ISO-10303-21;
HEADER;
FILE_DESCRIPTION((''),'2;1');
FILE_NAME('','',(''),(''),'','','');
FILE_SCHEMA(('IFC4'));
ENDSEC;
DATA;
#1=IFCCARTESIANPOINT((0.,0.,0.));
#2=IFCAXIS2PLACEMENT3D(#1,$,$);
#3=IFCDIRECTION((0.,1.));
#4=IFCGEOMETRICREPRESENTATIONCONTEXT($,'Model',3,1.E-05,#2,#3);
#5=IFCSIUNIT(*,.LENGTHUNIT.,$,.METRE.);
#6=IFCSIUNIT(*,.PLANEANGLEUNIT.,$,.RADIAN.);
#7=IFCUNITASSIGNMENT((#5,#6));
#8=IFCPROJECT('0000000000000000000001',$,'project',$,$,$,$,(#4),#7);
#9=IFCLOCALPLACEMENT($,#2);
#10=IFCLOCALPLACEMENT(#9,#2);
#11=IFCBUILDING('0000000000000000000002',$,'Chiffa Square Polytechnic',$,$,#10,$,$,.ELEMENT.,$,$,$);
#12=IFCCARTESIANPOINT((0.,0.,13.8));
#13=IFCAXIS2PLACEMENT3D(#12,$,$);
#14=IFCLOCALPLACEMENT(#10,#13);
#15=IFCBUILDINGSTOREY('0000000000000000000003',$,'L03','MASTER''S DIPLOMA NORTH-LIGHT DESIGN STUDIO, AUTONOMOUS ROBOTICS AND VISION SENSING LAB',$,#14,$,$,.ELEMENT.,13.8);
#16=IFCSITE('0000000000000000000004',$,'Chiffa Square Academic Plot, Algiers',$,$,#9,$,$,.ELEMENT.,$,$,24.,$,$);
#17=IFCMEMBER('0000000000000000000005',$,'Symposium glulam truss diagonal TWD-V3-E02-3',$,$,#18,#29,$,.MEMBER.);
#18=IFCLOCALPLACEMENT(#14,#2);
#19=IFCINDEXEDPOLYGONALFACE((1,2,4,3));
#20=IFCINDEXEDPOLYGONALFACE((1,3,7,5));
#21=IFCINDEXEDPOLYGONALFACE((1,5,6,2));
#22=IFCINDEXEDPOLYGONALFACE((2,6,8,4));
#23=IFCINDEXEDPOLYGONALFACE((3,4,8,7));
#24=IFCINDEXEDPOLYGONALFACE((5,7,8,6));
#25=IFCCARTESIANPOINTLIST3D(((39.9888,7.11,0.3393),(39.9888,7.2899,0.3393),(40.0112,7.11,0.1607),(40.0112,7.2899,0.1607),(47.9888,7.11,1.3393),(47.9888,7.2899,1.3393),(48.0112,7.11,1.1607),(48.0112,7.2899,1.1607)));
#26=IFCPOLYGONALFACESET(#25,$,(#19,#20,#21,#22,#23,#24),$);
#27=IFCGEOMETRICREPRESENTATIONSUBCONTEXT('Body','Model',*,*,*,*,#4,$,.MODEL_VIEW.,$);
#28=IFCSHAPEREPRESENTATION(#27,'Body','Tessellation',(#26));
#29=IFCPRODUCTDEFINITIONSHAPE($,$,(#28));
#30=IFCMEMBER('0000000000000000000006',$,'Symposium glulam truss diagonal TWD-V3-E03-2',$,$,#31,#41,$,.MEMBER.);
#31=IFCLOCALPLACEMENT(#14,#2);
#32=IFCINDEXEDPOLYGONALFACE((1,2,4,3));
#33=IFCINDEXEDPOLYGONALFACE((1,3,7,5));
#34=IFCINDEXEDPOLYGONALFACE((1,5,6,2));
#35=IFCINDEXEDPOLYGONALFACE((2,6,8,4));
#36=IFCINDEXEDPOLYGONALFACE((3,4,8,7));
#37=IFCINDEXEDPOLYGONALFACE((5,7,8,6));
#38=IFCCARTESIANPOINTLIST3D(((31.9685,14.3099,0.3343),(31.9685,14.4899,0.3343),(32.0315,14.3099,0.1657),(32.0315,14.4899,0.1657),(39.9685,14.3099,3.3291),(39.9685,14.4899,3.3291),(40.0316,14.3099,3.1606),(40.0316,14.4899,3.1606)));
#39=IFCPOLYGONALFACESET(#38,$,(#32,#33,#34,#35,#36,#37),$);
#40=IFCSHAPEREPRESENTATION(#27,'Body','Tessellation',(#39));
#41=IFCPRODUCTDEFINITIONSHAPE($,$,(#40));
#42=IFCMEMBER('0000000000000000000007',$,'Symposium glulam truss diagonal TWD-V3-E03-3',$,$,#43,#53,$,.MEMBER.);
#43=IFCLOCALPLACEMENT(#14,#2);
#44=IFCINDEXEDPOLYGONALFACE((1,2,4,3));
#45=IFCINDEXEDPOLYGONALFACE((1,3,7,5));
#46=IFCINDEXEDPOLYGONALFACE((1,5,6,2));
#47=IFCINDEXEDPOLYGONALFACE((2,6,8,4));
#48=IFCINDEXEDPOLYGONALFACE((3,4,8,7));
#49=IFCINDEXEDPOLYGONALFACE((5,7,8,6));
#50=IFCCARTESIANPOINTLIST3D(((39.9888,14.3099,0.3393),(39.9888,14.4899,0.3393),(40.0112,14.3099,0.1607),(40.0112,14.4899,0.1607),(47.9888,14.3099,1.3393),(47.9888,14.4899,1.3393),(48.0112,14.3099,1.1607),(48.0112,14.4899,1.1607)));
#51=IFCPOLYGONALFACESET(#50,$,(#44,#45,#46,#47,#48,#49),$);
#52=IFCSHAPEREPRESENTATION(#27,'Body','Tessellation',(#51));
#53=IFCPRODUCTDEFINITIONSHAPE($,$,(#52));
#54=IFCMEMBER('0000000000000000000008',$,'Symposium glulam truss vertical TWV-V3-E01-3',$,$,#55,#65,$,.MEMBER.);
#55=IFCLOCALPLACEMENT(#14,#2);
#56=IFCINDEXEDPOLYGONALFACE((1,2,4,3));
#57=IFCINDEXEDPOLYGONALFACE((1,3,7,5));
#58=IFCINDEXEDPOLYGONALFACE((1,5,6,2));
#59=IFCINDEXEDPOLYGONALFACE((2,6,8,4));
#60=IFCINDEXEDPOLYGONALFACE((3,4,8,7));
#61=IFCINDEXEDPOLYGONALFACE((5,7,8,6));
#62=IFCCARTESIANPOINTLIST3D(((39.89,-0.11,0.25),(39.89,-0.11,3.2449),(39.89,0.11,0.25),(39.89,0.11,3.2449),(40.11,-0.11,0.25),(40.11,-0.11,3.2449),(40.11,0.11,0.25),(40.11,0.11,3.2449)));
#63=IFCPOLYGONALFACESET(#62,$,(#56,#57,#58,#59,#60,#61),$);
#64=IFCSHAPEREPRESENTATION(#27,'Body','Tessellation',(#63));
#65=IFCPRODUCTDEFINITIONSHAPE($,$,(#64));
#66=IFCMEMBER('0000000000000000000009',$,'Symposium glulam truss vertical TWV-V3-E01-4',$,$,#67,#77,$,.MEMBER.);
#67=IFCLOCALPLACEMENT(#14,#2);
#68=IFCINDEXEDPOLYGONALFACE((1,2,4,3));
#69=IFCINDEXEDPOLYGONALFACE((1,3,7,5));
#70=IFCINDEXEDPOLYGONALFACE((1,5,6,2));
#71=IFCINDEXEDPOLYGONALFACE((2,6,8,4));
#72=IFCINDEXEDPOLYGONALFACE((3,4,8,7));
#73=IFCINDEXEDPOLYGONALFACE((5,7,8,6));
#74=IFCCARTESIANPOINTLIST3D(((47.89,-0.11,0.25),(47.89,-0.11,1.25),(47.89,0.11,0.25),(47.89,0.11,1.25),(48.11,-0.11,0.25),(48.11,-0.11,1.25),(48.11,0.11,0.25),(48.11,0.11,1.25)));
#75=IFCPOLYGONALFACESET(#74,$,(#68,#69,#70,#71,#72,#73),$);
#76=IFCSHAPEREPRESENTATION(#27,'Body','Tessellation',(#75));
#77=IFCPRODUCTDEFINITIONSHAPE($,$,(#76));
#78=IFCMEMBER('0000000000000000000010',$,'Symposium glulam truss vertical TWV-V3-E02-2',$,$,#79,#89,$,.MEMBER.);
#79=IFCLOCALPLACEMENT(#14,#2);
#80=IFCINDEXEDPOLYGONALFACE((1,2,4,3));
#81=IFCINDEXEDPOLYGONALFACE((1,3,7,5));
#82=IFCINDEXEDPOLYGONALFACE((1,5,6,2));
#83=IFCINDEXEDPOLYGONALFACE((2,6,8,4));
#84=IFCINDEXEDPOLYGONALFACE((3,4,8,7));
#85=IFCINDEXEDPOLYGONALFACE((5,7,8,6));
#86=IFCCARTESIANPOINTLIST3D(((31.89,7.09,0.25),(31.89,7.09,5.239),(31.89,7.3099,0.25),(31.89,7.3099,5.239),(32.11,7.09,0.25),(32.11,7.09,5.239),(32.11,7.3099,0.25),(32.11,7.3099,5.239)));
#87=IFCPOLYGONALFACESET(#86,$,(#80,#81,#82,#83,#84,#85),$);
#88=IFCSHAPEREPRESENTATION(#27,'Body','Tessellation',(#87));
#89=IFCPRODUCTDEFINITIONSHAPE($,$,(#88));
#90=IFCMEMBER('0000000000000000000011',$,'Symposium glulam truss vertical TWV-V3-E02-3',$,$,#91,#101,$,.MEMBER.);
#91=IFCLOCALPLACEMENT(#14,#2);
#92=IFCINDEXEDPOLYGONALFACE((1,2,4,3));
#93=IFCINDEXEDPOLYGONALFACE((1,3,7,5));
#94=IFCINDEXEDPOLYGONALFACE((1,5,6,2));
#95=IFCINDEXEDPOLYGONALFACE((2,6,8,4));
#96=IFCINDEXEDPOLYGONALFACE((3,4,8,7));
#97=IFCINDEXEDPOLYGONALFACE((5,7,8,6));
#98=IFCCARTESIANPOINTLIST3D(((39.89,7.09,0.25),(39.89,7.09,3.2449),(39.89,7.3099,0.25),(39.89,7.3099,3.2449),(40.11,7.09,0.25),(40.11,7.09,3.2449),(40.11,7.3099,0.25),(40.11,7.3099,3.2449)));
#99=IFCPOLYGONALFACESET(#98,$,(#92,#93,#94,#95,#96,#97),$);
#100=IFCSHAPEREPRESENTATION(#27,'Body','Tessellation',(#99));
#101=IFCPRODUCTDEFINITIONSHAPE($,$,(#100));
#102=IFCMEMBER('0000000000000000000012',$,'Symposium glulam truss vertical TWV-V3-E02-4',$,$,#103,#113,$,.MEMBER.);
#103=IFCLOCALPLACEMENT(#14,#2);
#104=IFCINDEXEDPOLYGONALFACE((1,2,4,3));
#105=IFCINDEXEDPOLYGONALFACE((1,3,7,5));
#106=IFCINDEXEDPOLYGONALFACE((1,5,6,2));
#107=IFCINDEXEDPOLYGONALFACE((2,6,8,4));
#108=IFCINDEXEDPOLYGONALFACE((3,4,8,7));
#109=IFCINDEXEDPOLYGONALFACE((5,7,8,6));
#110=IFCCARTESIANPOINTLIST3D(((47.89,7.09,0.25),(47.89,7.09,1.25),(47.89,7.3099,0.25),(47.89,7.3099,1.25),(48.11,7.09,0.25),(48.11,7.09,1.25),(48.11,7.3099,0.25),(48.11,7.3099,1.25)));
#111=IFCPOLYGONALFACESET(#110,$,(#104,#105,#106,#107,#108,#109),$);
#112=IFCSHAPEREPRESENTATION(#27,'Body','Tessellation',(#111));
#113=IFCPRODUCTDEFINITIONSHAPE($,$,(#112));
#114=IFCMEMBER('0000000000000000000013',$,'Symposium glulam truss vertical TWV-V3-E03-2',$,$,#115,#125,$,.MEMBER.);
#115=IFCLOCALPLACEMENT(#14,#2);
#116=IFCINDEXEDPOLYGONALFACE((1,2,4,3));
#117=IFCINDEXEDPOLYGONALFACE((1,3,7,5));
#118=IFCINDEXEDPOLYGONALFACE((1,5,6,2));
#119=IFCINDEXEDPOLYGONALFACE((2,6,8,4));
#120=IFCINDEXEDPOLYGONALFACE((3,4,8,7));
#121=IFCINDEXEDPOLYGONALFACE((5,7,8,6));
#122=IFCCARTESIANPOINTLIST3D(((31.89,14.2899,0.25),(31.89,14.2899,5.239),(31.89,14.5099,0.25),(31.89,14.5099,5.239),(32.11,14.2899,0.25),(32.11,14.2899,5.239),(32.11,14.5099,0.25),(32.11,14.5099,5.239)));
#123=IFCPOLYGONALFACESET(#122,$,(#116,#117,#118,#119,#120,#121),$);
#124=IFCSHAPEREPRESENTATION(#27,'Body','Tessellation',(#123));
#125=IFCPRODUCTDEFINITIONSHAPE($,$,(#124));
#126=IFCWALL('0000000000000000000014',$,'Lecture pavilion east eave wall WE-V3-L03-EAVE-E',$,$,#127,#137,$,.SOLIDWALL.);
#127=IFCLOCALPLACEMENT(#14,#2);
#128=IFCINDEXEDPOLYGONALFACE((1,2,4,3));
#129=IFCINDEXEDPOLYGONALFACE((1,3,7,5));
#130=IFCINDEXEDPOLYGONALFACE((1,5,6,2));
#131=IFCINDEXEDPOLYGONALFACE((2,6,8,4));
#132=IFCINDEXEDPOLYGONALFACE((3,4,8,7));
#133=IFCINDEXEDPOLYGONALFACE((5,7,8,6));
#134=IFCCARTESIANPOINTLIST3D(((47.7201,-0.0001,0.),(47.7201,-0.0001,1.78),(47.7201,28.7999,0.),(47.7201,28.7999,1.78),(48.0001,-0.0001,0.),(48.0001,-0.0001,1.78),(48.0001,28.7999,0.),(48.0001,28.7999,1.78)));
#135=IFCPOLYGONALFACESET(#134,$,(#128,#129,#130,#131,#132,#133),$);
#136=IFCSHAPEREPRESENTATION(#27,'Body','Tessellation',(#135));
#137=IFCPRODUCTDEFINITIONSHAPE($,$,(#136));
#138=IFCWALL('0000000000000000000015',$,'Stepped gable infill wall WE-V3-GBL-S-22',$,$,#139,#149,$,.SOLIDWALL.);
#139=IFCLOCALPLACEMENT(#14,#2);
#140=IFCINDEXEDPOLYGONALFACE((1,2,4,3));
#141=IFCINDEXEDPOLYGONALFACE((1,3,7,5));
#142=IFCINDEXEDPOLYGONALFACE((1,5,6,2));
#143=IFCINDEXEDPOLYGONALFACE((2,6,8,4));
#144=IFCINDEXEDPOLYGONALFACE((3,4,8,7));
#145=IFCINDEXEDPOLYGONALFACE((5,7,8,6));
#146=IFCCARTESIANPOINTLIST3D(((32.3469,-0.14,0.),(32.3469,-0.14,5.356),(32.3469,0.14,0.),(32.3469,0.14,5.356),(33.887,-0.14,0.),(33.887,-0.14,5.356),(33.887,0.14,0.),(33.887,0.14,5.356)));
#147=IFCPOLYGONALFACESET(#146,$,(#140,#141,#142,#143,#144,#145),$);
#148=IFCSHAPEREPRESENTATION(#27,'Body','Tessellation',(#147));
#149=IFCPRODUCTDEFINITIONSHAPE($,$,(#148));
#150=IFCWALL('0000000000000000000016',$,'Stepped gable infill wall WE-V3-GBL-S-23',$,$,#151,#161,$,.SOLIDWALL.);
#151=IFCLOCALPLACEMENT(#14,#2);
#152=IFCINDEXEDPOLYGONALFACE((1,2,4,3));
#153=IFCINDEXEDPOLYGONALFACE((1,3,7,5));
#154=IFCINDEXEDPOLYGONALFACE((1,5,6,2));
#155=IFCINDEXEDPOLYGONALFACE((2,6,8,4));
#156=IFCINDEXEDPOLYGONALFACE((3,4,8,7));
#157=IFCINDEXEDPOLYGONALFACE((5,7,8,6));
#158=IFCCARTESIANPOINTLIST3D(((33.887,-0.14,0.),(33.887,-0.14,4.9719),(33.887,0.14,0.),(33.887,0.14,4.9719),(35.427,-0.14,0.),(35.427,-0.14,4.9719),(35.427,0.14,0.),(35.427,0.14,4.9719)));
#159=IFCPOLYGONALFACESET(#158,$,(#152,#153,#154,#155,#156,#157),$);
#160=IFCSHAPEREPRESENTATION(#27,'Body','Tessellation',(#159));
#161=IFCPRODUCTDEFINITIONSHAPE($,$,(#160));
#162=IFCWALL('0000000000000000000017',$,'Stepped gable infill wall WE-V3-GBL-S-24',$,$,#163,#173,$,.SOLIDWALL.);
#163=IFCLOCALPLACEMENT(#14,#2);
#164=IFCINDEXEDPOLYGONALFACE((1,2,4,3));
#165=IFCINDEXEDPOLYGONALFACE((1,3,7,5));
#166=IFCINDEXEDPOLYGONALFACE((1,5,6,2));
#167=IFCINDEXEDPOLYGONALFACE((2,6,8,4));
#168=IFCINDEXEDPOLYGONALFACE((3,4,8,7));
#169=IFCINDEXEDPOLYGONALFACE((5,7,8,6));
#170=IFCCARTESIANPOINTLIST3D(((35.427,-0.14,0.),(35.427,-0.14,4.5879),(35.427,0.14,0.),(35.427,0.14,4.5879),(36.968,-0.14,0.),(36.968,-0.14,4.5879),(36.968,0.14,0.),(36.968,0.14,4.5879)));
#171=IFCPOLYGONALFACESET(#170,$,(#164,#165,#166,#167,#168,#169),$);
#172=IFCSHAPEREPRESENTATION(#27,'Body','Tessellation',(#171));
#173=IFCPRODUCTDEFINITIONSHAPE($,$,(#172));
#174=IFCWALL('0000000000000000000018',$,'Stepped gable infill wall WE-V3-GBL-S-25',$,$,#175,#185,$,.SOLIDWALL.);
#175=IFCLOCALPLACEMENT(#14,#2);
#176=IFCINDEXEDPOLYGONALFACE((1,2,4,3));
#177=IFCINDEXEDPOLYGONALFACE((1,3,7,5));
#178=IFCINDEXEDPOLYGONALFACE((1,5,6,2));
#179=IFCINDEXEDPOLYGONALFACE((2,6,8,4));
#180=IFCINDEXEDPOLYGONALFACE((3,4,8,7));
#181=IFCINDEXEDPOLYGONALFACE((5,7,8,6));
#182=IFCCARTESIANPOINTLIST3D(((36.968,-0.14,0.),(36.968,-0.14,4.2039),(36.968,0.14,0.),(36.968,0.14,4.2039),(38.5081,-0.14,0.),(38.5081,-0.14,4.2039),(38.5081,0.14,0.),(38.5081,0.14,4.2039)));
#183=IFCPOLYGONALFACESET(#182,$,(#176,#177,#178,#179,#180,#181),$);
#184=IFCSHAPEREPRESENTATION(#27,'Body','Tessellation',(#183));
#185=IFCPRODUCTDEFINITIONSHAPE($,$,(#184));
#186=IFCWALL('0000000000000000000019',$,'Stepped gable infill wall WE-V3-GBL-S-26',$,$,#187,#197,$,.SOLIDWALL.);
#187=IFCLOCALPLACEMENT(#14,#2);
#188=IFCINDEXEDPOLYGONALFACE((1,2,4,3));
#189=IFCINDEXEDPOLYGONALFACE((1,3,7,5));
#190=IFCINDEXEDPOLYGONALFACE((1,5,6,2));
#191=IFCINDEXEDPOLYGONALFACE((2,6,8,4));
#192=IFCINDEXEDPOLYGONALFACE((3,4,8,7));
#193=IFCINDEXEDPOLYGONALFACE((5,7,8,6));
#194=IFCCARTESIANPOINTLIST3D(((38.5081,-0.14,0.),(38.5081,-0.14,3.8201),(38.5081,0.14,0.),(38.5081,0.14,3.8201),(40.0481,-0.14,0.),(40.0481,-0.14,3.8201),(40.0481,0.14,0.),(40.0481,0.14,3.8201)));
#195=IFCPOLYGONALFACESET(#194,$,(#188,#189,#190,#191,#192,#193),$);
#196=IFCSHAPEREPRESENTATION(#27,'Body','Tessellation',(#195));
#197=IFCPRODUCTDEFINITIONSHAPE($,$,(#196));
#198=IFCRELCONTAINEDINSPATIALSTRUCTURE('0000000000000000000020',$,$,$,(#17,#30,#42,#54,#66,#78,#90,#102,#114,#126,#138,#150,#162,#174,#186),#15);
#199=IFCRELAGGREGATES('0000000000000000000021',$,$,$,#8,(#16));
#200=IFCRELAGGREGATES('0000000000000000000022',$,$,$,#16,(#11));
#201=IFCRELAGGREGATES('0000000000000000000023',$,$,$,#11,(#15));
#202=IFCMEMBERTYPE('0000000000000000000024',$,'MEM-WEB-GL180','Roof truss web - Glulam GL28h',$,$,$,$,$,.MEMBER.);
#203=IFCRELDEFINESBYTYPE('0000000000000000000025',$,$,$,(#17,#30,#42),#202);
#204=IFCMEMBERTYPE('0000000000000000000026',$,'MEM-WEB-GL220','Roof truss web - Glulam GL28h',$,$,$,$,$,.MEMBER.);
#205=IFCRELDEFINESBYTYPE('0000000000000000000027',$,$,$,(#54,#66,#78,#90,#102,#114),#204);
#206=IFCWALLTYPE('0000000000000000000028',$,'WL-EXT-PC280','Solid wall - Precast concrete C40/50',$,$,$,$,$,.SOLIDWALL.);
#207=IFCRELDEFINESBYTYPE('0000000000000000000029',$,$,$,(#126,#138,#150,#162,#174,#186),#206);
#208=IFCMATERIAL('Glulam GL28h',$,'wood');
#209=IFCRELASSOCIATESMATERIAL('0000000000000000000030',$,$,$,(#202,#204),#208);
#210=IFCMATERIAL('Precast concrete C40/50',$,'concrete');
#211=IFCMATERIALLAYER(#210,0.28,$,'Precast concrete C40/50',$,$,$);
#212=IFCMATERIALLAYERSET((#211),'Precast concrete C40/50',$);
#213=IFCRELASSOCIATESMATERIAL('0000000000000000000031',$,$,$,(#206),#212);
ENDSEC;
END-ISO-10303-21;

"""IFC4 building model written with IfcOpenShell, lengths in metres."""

from ifc_helpers import new_model, si_unit, direction, frame, frame_2d, origin, origin_2d, place, context, subcontext, project, spatial, rectangle, extrude, material, layer, layer_set, material_profile, profile_set, type_object, element, save


model = new_model("IFC4")

# Units and contexts
model_context = context("Model", 3, precision=1e-05, world=origin(), true_north=direction((0.0, 1.0)))
body_context = subcontext(model_context, "Body", "Model", "MODEL_VIEW")
ifc_project = project(units=[si_unit("LENGTHUNIT", "METRE"), si_unit("PLANEANGLEUNIT", "RADIAN")], contexts=[model_context])

# Site, building, storey
site_placement = place(None, origin())
site = spatial("IfcSite", under=ifc_project, at=site_placement, Name="Chiffa Square Academic Plot, Algiers", CompositionType="ELEMENT", RefElevation=24.0)
building_placement = place(site_placement, origin())
building = spatial("IfcBuilding", under=site, at=building_placement, Name="Chiffa Square Polytechnic", CompositionType="ELEMENT")
storey_placement = place(building_placement, frame((0.0, 0.0, 13.8)))
storey = spatial("IfcBuildingStorey", under=building, at=storey_placement, Name="L03", Description="MASTER'S DIPLOMA NORTH-LIGHT DESIGN STUDIO, AUTONOMOUS ROBOTICS AND VISION SENSING LAB", CompositionType="ELEMENT", Elevation=13.8)

# Members
ifc_material_1 = material(Name="Glulam GL28h", Category="wood")
ifc_material_profile_1 = material_profile(ifc_material_1, rectangle(XDim=0.1799, YDim=0.1799, at=origin_2d()), Name="GL28h 180x180")
ifc_profile_set_1 = profile_set([ifc_material_profile_1], Name="Glulam GL28h")
member_type_1 = type_object("IfcMemberType", Name="MEM-WEB-GL180", Description="Roof truss web - Glulam GL28h", PredefinedType="MEMBER", material=ifc_profile_set_1)
member_1_placement = place(storey_placement, frame((40.0, 7.2, 0.25), z_axis=(0.992278, 0.0, 0.124035), x_axis=(0.0, 1.0, 0.0)))
element("IfcMember", 1, at=member_1_placement, inside=storey, type_object=member_type_1, Name="Symposium glulam truss diagonal TWD-V3-E02-3", PredefinedType="MEMBER", context=body_context, shape_type="SweptSolid", body=[
    extrude(rectangle(XDim=0.1799, YDim=0.1799, at=origin_2d()), origin(), (0.0, 0.0, 1.0), 8.0623),
])
member_2_placement = place(storey_placement, frame((32.0, 14.3999, 0.25), z_axis=(0.936526, 0.0, 0.350597), x_axis=(0.0, 1.0, 0.0)))
element("IfcMember", 2, at=member_2_placement, inside=storey, type_object=member_type_1, Name="Symposium glulam truss diagonal TWD-V3-E03-2", PredefinedType="MEMBER", context=body_context, shape_type="SweptSolid", body=[
    extrude(rectangle(XDim=0.1799, YDim=0.1799, at=origin_2d()), origin(), (0.0, 0.0, 1.0), 8.5422),
])
member_3_placement = place(storey_placement, frame((40.0, 14.3999, 0.25), z_axis=(0.992278, 0.0, 0.124035), x_axis=(0.0, 1.0, 0.0)))
element("IfcMember", 3, at=member_3_placement, inside=storey, type_object=member_type_1, Name="Symposium glulam truss diagonal TWD-V3-E03-3", PredefinedType="MEMBER", context=body_context, shape_type="SweptSolid", body=[
    extrude(rectangle(XDim=0.1799, YDim=0.1799, at=origin_2d()), origin(), (0.0, 0.0, 1.0), 8.0623),
])
ifc_material_profile_2 = material_profile(ifc_material_1, rectangle(XDim=0.22, YDim=0.22, at=origin_2d()), Name="GL28h 220x220")
ifc_profile_set_2 = profile_set([ifc_material_profile_2], Name="Glulam GL28h")
member_type_2 = type_object("IfcMemberType", Name="MEM-WEB-GL220", Description="Roof truss web - Glulam GL28h", PredefinedType="MEMBER", material=ifc_profile_set_2)
member_4_placement = place(storey_placement, frame((40.0, 0.0, 0.25), z_axis=(0.0, 0.0, 1.0), x_axis=(1.0, 0.0, 0.0)))
element("IfcMember", 4, at=member_4_placement, inside=storey, type_object=member_type_2, Name="Symposium glulam truss vertical TWV-V3-E01-3", PredefinedType="MEMBER", context=body_context, shape_type="SweptSolid", body=[
    extrude(rectangle(XDim=0.22, YDim=0.22, at=origin_2d()), origin(), (0.0, 0.0, 1.0), 2.9949),
])
member_5_placement = place(storey_placement, frame((48.0, 0.0, 0.25), z_axis=(0.0, 0.0, 1.0), x_axis=(1.0, 0.0, 0.0)))
element("IfcMember", 5, at=member_5_placement, inside=storey, type_object=member_type_2, Name="Symposium glulam truss vertical TWV-V3-E01-4", PredefinedType="MEMBER", context=body_context, shape_type="SweptSolid", body=[
    extrude(rectangle(XDim=0.22, YDim=0.22, at=origin_2d()), origin(), (0.0, 0.0, 1.0), 1.0),
])
member_6_placement = place(storey_placement, frame((32.0, 7.2, 0.25), z_axis=(0.0, 0.0, 1.0), x_axis=(1.0, 0.0, 0.0)))
element("IfcMember", 6, at=member_6_placement, inside=storey, type_object=member_type_2, Name="Symposium glulam truss vertical TWV-V3-E02-2", PredefinedType="MEMBER", context=body_context, shape_type="SweptSolid", body=[
    extrude(rectangle(XDim=0.22, YDim=0.22, at=origin_2d()), origin(), (0.0, 0.0, 1.0), 4.989),
])
member_7_placement = place(storey_placement, frame((40.0, 7.2, 0.25), z_axis=(0.0, 0.0, 1.0), x_axis=(1.0, 0.0, 0.0)))
element("IfcMember", 7, at=member_7_placement, inside=storey, type_object=member_type_2, Name="Symposium glulam truss vertical TWV-V3-E02-3", PredefinedType="MEMBER", context=body_context, shape_type="SweptSolid", body=[
    extrude(rectangle(XDim=0.22, YDim=0.22, at=origin_2d()), origin(), (0.0, 0.0, 1.0), 2.9949),
])
member_8_placement = place(storey_placement, frame((48.0, 7.2, 0.25), z_axis=(0.0, 0.0, 1.0), x_axis=(1.0, 0.0, 0.0)))
element("IfcMember", 8, at=member_8_placement, inside=storey, type_object=member_type_2, Name="Symposium glulam truss vertical TWV-V3-E02-4", PredefinedType="MEMBER", context=body_context, shape_type="SweptSolid", body=[
    extrude(rectangle(XDim=0.22, YDim=0.22, at=origin_2d()), origin(), (0.0, 0.0, 1.0), 1.0),
])
member_9_placement = place(storey_placement, frame((32.0, 14.3999, 0.25), z_axis=(0.0, 0.0, 1.0), x_axis=(1.0, 0.0, 0.0)))
element("IfcMember", 9, at=member_9_placement, inside=storey, type_object=member_type_2, Name="Symposium glulam truss vertical TWV-V3-E03-2", PredefinedType="MEMBER", context=body_context, shape_type="SweptSolid", body=[
    extrude(rectangle(XDim=0.22, YDim=0.22, at=origin_2d()), origin(), (0.0, 0.0, 1.0), 4.989),
])

# Walls
ifc_material_2 = material(Name="Precast concrete C40/50", Category="concrete")
ifc_layer = layer(ifc_material_2, 0.28, Name="Precast concrete C40/50")
ifc_layer_set = layer_set([ifc_layer], Name="Precast concrete C40/50")
wall_type = type_object("IfcWallType", Name="WL-EXT-PC280", Description="Solid wall - Precast concrete C40/50", PredefinedType="SOLIDWALL", material=ifc_layer_set)
wall_1_placement = place(storey_placement, frame((47.8601, 0.0, 0.0), z_axis=(0.0, 0.0, 1.0), x_axis=(0.0, 1.0, 0.0)))
element("IfcWall", 10, at=wall_1_placement, inside=storey, type_object=wall_type, Name="Lecture pavilion east eave wall WE-V3-L03-EAVE-E", PredefinedType="SOLIDWALL", context=body_context, shape_type="SweptSolid", body=[
    extrude(rectangle(XDim=28.8, YDim=0.28, at=frame_2d((14.3999, 0.0))), origin(), (0.0, 0.0, 1.0), 1.78),
])
wall_2_placement = place(storey_placement, frame((32.3469, 0.0, 0.0), z_axis=(0.0, 0.0, 1.0), x_axis=(1.0, 0.0, 0.0)))
element("IfcWall", 11, at=wall_2_placement, inside=storey, type_object=wall_type, Name="Stepped gable infill wall WE-V3-GBL-S-22", PredefinedType="SOLIDWALL", context=body_context, shape_type="SweptSolid", body=[
    extrude(rectangle(XDim=1.54, YDim=0.28, at=frame_2d((0.77, 0.0))), origin(), (0.0, 0.0, 1.0), 5.356),
])
wall_3_placement = place(storey_placement, frame((33.887, 0.0, 0.0), z_axis=(0.0, 0.0, 1.0), x_axis=(1.0, 0.0, 0.0)))
element("IfcWall", 12, at=wall_3_placement, inside=storey, type_object=wall_type, Name="Stepped gable infill wall WE-V3-GBL-S-23", PredefinedType="SOLIDWALL", context=body_context, shape_type="SweptSolid", body=[
    extrude(rectangle(XDim=1.54, YDim=0.28, at=frame_2d((0.77, 0.0))), origin(), (0.0, 0.0, 1.0), 4.9719),
])
wall_4_placement = place(storey_placement, frame((35.427, 0.0, 0.0), z_axis=(0.0, 0.0, 1.0), x_axis=(1.0, 0.0, 0.0)))
element("IfcWall", 13, at=wall_4_placement, inside=storey, type_object=wall_type, Name="Stepped gable infill wall WE-V3-GBL-S-24", PredefinedType="SOLIDWALL", context=body_context, shape_type="SweptSolid", body=[
    extrude(rectangle(XDim=1.541, YDim=0.28, at=frame_2d((0.7705, 0.0))), origin(), (0.0, 0.0, 1.0), 4.5879),
])
wall_5_placement = place(storey_placement, frame((36.968, 0.0, 0.0), z_axis=(0.0, 0.0, 1.0), x_axis=(1.0, 0.0, 0.0)))
element("IfcWall", 14, at=wall_5_placement, inside=storey, type_object=wall_type, Name="Stepped gable infill wall WE-V3-GBL-S-25", PredefinedType="SOLIDWALL", context=body_context, shape_type="SweptSolid", body=[
    extrude(rectangle(XDim=1.54, YDim=0.28, at=frame_2d((0.77, 0.0))), origin(), (0.0, 0.0, 1.0), 4.2039),
])
wall_6_placement = place(storey_placement, frame((38.5081, 0.0, 0.0), z_axis=(0.0, 0.0, 1.0), x_axis=(1.0, 0.0, 0.0)))
element("IfcWall", 15, at=wall_6_placement, inside=storey, type_object=wall_type, Name="Stepped gable infill wall WE-V3-GBL-S-26", PredefinedType="SOLIDWALL", context=body_context, shape_type="SweptSolid", body=[
    extrude(rectangle(XDim=1.54, YDim=0.28, at=frame_2d((0.77, 0.0))), origin(), (0.0, 0.0, 1.0), 3.8201),
])

save(model, "model.ifc")
